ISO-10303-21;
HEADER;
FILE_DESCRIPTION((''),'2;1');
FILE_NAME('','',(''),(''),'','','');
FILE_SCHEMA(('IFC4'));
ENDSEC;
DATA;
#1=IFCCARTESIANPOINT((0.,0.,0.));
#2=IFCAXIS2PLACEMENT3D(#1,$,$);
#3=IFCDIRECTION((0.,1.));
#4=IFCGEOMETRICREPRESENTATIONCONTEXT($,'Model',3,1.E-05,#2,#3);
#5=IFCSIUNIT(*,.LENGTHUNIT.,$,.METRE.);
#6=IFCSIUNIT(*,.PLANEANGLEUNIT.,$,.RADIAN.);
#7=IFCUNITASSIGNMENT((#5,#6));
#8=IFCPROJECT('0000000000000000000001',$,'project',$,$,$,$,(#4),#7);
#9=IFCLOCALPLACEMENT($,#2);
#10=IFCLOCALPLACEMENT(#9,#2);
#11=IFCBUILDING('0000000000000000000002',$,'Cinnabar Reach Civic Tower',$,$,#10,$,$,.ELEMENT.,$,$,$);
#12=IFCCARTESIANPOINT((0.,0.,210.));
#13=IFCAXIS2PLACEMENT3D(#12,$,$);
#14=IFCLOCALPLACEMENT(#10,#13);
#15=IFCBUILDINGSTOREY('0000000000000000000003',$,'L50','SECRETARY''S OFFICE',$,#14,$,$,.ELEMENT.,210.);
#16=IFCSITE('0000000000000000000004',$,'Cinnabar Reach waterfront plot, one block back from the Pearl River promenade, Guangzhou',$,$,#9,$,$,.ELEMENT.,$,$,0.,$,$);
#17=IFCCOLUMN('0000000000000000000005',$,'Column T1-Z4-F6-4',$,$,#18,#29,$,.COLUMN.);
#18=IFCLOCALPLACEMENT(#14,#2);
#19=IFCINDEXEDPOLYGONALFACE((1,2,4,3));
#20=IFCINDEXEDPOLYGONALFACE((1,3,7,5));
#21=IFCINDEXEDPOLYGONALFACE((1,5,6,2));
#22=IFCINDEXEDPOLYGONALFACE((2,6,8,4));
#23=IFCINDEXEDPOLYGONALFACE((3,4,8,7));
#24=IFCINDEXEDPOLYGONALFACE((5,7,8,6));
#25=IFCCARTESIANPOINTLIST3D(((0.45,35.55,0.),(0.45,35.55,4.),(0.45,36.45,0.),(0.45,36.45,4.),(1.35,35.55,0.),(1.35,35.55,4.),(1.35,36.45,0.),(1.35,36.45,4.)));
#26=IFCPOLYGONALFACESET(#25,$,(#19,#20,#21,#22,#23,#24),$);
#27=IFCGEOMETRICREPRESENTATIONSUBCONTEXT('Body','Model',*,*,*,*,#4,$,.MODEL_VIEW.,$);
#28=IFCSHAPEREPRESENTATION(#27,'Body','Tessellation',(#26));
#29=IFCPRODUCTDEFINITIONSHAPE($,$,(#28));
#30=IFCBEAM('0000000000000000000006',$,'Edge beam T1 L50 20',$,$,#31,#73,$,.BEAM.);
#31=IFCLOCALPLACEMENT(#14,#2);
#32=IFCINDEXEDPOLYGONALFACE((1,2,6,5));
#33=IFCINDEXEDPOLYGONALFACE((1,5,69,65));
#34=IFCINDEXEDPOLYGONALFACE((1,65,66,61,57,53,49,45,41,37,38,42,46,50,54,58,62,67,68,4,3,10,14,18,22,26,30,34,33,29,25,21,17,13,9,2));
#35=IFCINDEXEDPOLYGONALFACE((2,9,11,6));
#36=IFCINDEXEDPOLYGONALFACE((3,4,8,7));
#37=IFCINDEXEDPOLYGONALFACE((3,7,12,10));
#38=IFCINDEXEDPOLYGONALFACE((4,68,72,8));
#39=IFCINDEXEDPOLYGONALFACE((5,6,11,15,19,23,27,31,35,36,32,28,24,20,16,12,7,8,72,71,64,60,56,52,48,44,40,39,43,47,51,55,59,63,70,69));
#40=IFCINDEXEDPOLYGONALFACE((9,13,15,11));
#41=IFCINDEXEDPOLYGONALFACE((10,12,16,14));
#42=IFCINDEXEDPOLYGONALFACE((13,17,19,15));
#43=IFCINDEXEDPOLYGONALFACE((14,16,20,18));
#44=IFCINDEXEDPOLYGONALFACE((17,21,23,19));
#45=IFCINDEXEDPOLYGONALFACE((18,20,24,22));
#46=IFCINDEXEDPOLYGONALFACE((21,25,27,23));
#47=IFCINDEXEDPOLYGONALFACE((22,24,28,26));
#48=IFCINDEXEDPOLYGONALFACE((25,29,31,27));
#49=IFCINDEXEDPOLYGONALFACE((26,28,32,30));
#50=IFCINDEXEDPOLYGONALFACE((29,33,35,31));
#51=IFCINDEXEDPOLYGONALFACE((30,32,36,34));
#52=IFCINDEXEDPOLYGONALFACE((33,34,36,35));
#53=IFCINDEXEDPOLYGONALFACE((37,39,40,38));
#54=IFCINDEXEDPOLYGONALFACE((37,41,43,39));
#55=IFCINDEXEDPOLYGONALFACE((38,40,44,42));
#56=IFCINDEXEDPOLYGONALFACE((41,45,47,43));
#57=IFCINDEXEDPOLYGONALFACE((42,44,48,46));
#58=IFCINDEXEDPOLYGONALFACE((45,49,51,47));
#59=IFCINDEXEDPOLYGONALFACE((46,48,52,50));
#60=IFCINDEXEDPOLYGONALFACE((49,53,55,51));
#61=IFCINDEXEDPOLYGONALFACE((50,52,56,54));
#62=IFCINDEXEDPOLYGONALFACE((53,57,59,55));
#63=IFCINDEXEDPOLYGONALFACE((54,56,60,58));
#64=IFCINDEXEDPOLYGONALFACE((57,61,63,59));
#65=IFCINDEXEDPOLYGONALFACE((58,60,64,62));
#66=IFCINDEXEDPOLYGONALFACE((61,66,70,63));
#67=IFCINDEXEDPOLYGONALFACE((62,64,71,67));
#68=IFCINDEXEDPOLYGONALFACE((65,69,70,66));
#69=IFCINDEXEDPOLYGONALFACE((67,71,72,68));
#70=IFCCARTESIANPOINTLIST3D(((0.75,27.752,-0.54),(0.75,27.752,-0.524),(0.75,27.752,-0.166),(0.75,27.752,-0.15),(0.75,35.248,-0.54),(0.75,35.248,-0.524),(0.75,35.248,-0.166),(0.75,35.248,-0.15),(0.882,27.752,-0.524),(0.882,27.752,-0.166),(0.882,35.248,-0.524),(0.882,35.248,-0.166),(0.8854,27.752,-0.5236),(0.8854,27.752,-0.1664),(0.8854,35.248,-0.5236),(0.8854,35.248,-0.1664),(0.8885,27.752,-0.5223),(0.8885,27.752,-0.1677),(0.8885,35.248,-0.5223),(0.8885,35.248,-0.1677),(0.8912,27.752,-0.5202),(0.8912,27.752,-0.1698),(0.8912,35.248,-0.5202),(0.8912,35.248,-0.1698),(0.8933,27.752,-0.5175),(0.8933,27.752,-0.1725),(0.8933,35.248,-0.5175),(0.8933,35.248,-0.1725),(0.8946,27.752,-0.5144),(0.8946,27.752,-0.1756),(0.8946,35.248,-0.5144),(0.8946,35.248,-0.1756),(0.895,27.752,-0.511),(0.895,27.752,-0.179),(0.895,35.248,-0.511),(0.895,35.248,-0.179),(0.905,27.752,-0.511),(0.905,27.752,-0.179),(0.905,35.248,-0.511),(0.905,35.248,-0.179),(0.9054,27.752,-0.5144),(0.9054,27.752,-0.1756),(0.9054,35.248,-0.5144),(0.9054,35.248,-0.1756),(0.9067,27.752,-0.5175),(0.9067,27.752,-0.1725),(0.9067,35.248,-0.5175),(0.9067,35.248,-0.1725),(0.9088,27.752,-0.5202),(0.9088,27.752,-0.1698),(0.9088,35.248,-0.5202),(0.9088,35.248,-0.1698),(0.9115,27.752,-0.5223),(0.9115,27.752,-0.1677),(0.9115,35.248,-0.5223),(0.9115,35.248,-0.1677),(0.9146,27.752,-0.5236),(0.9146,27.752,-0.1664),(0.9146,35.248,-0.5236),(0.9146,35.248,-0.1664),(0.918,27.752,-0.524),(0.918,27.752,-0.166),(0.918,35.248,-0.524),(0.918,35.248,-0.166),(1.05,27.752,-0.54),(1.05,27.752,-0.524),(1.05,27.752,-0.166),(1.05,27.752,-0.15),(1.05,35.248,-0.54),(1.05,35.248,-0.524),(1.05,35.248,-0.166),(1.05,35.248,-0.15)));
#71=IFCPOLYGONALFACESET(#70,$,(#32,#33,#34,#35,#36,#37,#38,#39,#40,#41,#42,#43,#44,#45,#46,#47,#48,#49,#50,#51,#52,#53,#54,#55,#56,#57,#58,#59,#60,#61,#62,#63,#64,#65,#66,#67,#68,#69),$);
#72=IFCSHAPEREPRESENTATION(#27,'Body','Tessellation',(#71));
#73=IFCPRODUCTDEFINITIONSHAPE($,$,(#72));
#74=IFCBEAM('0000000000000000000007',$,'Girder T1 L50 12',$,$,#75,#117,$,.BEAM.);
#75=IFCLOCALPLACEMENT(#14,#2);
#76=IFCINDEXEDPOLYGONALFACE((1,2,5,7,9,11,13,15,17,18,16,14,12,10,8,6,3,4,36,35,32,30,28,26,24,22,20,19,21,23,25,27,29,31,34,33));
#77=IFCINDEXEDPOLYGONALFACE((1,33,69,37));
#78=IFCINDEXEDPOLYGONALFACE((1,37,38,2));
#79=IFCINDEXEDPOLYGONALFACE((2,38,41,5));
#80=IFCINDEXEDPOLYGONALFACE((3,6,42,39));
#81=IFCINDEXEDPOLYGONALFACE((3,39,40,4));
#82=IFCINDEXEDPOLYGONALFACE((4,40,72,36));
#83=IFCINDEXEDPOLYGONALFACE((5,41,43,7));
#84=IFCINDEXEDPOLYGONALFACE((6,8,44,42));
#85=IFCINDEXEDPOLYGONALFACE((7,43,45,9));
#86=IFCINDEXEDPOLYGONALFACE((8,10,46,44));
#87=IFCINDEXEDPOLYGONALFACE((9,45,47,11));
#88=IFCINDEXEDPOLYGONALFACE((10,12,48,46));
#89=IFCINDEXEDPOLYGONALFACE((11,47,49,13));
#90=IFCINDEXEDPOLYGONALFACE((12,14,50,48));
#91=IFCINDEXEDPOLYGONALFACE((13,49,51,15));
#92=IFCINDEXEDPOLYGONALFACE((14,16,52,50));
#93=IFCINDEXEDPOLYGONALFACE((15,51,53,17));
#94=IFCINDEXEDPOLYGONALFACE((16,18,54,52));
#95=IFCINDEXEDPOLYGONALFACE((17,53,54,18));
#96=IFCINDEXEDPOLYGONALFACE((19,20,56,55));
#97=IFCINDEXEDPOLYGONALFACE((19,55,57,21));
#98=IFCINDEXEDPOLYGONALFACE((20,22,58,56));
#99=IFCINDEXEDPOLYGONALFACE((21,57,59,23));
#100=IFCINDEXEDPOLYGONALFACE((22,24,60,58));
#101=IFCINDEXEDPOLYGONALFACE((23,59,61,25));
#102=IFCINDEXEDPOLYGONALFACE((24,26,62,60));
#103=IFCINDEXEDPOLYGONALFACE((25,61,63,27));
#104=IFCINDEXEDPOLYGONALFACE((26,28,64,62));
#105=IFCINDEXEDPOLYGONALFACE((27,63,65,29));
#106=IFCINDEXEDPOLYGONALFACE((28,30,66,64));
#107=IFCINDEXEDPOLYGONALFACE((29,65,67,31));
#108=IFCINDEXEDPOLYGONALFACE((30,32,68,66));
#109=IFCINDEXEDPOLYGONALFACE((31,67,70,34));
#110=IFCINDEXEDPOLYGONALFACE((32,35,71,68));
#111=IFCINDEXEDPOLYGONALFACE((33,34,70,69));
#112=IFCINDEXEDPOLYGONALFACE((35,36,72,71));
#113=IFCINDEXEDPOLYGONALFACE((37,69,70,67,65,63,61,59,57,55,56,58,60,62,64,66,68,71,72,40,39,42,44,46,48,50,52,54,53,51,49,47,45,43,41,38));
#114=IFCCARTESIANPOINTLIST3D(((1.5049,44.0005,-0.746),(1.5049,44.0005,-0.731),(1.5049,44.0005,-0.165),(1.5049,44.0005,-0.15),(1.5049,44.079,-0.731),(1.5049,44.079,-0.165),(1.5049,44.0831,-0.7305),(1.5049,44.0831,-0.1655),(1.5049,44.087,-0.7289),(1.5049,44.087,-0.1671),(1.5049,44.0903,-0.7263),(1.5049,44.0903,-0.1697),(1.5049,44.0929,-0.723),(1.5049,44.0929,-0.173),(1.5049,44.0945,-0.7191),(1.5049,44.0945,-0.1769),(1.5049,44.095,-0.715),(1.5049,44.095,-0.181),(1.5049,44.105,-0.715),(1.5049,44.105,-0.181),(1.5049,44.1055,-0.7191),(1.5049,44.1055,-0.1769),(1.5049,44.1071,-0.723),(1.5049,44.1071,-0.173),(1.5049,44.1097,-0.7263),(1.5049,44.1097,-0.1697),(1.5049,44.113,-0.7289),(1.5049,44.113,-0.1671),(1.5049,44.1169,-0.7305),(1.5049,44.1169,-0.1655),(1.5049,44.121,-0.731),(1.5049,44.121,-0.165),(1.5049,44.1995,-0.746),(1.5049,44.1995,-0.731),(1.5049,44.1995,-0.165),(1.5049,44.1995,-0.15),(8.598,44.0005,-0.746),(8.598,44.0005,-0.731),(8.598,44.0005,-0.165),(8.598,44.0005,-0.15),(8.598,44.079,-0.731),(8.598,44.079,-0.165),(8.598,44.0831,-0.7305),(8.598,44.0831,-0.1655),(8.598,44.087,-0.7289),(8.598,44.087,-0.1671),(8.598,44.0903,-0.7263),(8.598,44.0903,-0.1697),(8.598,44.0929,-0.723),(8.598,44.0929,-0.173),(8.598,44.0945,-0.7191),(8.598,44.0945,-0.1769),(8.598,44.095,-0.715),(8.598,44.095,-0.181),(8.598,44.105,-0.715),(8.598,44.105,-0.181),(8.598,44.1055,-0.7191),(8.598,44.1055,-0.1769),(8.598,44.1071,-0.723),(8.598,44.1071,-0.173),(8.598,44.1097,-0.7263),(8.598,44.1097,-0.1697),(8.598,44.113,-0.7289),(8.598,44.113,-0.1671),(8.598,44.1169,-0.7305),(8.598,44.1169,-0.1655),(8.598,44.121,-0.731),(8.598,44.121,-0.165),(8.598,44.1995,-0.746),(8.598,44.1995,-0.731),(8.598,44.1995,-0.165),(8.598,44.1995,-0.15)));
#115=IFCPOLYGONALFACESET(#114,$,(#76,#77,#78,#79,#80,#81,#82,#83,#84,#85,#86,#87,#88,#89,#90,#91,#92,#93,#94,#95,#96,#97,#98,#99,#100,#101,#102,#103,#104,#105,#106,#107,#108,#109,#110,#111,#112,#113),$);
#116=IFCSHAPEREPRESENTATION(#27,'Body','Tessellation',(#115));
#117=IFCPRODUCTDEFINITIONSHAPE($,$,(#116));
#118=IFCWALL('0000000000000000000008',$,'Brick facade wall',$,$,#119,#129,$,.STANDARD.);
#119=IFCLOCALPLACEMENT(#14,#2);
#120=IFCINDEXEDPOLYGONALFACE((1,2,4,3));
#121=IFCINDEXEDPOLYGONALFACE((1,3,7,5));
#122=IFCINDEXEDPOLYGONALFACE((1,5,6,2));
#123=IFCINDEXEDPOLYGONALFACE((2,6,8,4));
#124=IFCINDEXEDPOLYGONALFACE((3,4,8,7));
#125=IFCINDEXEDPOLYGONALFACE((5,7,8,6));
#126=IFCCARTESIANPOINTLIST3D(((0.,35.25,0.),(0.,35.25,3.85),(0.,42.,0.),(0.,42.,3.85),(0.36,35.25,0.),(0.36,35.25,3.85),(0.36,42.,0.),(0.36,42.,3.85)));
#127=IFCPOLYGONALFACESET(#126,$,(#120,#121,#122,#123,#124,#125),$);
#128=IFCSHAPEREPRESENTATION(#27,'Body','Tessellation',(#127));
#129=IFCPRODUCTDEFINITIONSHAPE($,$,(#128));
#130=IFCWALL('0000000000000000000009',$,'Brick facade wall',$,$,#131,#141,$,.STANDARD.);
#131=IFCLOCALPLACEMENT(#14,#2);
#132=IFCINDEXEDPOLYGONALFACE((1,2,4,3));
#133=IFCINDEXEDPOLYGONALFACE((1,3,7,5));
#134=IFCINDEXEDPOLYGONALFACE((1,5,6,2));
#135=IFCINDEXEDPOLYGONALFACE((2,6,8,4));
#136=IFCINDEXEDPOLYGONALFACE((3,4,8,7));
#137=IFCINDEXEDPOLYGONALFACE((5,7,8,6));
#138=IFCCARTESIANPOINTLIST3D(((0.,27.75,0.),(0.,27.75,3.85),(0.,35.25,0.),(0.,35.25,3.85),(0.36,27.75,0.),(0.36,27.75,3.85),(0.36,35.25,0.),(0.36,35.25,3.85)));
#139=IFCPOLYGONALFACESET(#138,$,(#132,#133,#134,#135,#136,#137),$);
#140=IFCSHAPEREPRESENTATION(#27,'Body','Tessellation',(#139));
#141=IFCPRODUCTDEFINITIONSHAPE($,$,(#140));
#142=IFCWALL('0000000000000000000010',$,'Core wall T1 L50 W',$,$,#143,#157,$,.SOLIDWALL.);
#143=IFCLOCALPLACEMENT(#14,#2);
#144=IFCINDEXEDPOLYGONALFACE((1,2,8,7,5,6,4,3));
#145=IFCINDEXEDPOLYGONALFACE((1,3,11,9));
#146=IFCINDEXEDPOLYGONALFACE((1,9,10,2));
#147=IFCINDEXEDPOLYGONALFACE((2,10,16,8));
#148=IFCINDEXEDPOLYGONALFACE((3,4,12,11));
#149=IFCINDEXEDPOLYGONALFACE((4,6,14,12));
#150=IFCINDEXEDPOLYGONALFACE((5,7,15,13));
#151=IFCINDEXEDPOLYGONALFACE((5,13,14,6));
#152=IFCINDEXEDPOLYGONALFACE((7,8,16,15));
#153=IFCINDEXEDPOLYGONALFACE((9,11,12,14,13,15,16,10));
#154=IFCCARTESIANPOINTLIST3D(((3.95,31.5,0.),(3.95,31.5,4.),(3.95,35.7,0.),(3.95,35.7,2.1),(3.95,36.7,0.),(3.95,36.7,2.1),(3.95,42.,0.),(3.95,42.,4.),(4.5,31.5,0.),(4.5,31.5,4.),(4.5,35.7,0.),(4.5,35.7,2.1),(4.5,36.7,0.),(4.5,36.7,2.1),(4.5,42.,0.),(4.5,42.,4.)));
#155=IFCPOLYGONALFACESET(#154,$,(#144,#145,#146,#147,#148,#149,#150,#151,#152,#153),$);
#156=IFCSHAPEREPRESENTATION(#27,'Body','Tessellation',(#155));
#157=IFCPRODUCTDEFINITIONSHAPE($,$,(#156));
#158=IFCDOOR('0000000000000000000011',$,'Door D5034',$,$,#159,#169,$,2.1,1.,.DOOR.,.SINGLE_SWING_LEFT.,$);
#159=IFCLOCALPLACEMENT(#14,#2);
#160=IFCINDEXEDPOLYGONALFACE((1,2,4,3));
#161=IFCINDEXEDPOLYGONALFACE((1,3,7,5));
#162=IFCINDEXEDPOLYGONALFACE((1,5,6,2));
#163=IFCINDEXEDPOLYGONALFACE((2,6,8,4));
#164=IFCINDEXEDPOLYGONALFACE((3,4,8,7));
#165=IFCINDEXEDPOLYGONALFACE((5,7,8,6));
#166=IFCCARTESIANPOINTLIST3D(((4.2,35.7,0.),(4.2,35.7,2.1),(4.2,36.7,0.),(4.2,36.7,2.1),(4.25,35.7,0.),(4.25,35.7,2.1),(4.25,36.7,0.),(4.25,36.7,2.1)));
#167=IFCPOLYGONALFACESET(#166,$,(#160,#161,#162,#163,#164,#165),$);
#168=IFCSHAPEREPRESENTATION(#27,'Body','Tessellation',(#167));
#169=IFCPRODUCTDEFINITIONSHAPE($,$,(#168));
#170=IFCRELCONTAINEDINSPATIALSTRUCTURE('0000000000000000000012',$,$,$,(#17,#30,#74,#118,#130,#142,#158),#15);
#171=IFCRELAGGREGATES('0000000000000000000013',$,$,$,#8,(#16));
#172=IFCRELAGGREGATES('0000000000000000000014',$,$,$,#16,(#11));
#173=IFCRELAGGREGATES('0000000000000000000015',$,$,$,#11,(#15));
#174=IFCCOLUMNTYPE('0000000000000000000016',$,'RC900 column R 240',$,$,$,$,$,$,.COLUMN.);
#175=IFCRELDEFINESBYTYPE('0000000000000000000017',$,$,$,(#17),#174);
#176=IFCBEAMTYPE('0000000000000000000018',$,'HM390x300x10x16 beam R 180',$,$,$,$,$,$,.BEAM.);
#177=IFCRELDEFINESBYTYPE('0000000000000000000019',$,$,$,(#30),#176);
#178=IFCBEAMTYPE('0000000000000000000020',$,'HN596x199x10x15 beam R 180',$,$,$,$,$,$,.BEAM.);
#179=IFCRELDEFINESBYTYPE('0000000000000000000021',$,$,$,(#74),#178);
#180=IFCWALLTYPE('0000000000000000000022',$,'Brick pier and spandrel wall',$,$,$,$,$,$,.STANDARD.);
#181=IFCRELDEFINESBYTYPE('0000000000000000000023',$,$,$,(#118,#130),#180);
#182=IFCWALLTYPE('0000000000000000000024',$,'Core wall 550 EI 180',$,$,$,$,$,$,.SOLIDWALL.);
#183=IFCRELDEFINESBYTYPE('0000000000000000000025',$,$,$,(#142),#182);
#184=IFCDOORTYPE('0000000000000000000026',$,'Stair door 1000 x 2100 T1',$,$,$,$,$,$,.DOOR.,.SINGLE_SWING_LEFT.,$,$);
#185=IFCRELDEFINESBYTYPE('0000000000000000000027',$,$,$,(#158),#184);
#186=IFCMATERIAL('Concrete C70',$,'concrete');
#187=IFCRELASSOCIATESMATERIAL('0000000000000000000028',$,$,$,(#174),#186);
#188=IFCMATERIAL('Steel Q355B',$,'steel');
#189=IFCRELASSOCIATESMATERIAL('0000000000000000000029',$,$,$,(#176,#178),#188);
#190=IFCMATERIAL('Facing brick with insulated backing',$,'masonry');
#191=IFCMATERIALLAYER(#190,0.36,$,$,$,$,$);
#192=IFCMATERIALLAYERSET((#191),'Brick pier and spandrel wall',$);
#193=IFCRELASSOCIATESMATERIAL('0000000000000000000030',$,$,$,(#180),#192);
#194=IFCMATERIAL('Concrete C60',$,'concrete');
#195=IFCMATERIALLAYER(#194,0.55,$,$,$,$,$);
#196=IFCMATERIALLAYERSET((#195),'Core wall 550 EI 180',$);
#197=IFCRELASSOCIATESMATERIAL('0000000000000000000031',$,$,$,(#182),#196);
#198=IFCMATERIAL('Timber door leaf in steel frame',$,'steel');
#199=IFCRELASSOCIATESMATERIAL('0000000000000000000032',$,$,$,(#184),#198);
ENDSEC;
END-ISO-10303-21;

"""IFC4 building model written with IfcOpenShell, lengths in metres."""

from ifc_helpers import new_model, si_unit, direction, frame, frame_2d, origin, origin_2d, place, context, subcontext, project, spatial, rectangle, i_section, extrude, material, layer, layer_set, material_profile, profile_set, type_object, element, fill, save


model = new_model("IFC4")

# Units and contexts
model_context = context("Model", 3, precision=1e-05, world=origin(), true_north=direction((0.0, 1.0)))
body_context = subcontext(model_context, "Body", "Model", "MODEL_VIEW")
ifc_project = project(units=[si_unit("LENGTHUNIT", "METRE"), si_unit("PLANEANGLEUNIT", "RADIAN")], contexts=[model_context])

# Site, building, storey
site_placement = place(None, origin())
site = spatial("IfcSite", under=ifc_project, at=site_placement, Name="Cinnabar Reach waterfront plot, one block back from the Pearl River promenade, Guangzhou", CompositionType="ELEMENT", RefElevation=0.0)
building_placement = place(site_placement, origin())
building = spatial("IfcBuilding", under=site, at=building_placement, Name="Cinnabar Reach Civic Tower", CompositionType="ELEMENT")
storey_placement = place(building_placement, frame((0.0, 0.0, 210.0)))
storey = spatial("IfcBuildingStorey", under=building, at=storey_placement, Name="L50", Description="SECRETARY'S OFFICE", CompositionType="ELEMENT", Elevation=210.0)

# Column
ifc_material_1 = material(Name="Concrete C70", Category="concrete")
ifc_material_profile_1 = material_profile(ifc_material_1, rectangle(XDim=0.9, YDim=0.9, at=origin_2d()), Name="RC900")
ifc_profile_set_1 = profile_set([ifc_material_profile_1], Name="Concrete C70")
column_type = type_object("IfcColumnType", Name="RC900 column R 240", PredefinedType="COLUMN", material=ifc_profile_set_1)
column_placement = place(storey_placement, frame((0.9, 36.0, 0.0), z_axis=(0.0, 0.0, 1.0), x_axis=(1.0, 0.0, 0.0)))
element("IfcColumn", 1, at=column_placement, inside=storey, type_object=column_type, Name="Column T1-Z4-F6-4", PredefinedType="COLUMN", context=body_context, shape_type="SweptSolid", body=[
    extrude(rectangle(XDim=0.9, YDim=0.9, at=origin_2d()), origin(), (0.0, 0.0, 1.0), 4.0),
])

# Beams
ifc_material_2 = material(Name="Steel Q355B", Category="steel")
ifc_material_profile_2 = material_profile(ifc_material_2, i_section(OverallWidth=0.3, OverallDepth=0.39, WebThickness=0.01, FlangeThickness=0.016, FilletRadius=0.013, at=origin_2d()), Name="HM390x300x10x16")
ifc_profile_set_2 = profile_set([ifc_material_profile_2], Name="Steel Q355B")
beam_type_1 = type_object("IfcBeamType", Name="HM390x300x10x16 beam R 180", PredefinedType="BEAM", material=ifc_profile_set_2)
beam_1_placement = place(storey_placement, frame((0.9, 35.248, -0.345), z_axis=(0.0, -1.0, 0.0), x_axis=(1.0, 0.0, 0.0)))
element("IfcBeam", 2, at=beam_1_placement, inside=storey, type_object=beam_type_1, Name="Edge beam T1 L50 20", PredefinedType="BEAM", context=body_context, shape_type="SweptSolid", body=[
    extrude(i_section(OverallWidth=0.3, OverallDepth=0.39, WebThickness=0.01, FlangeThickness=0.016, FilletRadius=0.013, at=origin_2d()), origin(), (0.0, 0.0, 1.0), 7.496),
])
ifc_material_profile_3 = material_profile(ifc_material_2, i_section(OverallWidth=0.199, OverallDepth=0.596, WebThickness=0.01, FlangeThickness=0.015, FilletRadius=0.016, at=origin_2d()), Name="HN596x199x10x15")
ifc_profile_set_3 = profile_set([ifc_material_profile_3], Name="Steel Q355B")
beam_type_2 = type_object("IfcBeamType", Name="HN596x199x10x15 beam R 180", PredefinedType="BEAM", material=ifc_profile_set_3)
beam_2_placement = place(storey_placement, frame((1.5049, 44.1, -0.448), z_axis=(1.0, 0.0, 0.0), x_axis=(0.0, 1.0, 0.0)))
element("IfcBeam", 3, at=beam_2_placement, inside=storey, type_object=beam_type_2, Name="Girder T1 L50 12", PredefinedType="BEAM", context=body_context, shape_type="SweptSolid", body=[
    extrude(i_section(OverallWidth=0.199, OverallDepth=0.596, WebThickness=0.01, FlangeThickness=0.015, FilletRadius=0.016, at=origin_2d()), origin(), (0.0, 0.0, 1.0), 7.0931),
])

# Walls
ifc_material_3 = material(Name="Facing brick with insulated backing", Category="masonry")
ifc_layer_1 = layer(ifc_material_3, 0.36)
ifc_layer_set_1 = layer_set([ifc_layer_1], Name="Brick pier and spandrel wall")
wall_type_1 = type_object("IfcWallType", Name="Brick pier and spandrel wall", PredefinedType="STANDARD", material=ifc_layer_set_1)
wall_1_placement = place(storey_placement, frame((0.18, 42.0, 0.0), z_axis=(0.0, 0.0, 1.0), x_axis=(0.0, -1.0, 0.0)))
element("IfcWall", 4, at=wall_1_placement, inside=storey, type_object=wall_type_1, Name="Brick facade wall", PredefinedType="STANDARD", context=body_context, shape_type="SweptSolid", body=[
    extrude(rectangle(XDim=6.75, YDim=0.36, at=frame_2d((3.375, 0.0))), origin(), (0.0, 0.0, 1.0), 3.85),
])
wall_2_placement = place(storey_placement, frame((0.18, 35.25, 0.0), z_axis=(0.0, 0.0, 1.0), x_axis=(0.0, -1.0, 0.0)))
element("IfcWall", 5, at=wall_2_placement, inside=storey, type_object=wall_type_1, Name="Brick facade wall", PredefinedType="STANDARD", context=body_context, shape_type="SweptSolid", body=[
    extrude(rectangle(XDim=7.5, YDim=0.36, at=frame_2d((3.75, 0.0))), origin(), (0.0, 0.0, 1.0), 3.85),
])

# Wall, opening, door
ifc_material_4 = material(Name="Concrete C60", Category="concrete")
ifc_layer_2 = layer(ifc_material_4, 0.55)
ifc_layer_set_2 = layer_set([ifc_layer_2], Name="Core wall 550 EI 180")
wall_type_2 = type_object("IfcWallType", Name="Core wall 550 EI 180", PredefinedType="SOLIDWALL", material=ifc_layer_set_2)
wall_3_placement = place(storey_placement, frame((4.225, 42.0, 0.0), z_axis=(0.0, 0.0, 1.0), x_axis=(0.0, -1.0, 0.0)))
wall_3 = element("IfcWall", 6, at=wall_3_placement, inside=storey, type_object=wall_type_2, Name="Core wall T1 L50 W", PredefinedType="SOLIDWALL", context=body_context, shape_type="SweptSolid", body=[
    extrude(rectangle(XDim=10.5, YDim=0.55, at=frame_2d((5.25, 0.0))), origin(), (0.0, 0.0, 1.0), 4.0),
])
opening_1_placement = place(wall_3_placement, frame((5.3, 0.0, 0.0)))
opening_1 = element("IfcOpeningElement", 7, at=opening_1_placement, cuts=wall_3, PredefinedType="OPENING", context=body_context, shape_type="SweptSolid", body=[
    extrude(rectangle(XDim=1.0, YDim=2.1, at=frame_2d((0.5, 1.05))), frame((0.0, 0.285, 0.0), z_axis=(0.0, -1.0, 0.0), x_axis=(1.0, 0.0, 0.0)), (0.0, 0.0, 1.0), 0.57),
])
ifc_material_5 = material(Name="Timber door leaf in steel frame", Category="steel")
door_type_1 = type_object("IfcDoorType", Name="Stair door 1000 x 2100 T1", OperationType="SINGLE_SWING_LEFT", PredefinedType="DOOR", material=ifc_material_5)
door_1_placement = place(opening_1_placement, frame((1.0, 0.0, 0.0), z_axis=(0.0, 0.0, 1.0), x_axis=(-1.0, 0.0, 0.0)))
door_1 = element("IfcDoor", 8, at=door_1_placement, inside=storey, type_object=door_type_1, Name="Door D5034", OperationType="SINGLE_SWING_LEFT", OverallHeight=2.1, OverallWidth=1.0, PredefinedType="DOOR", context=body_context, shape_type="SweptSolid", body=[
    extrude(rectangle(XDim=1.0, YDim=2.1, at=frame_2d((0.5, 1.05))), frame((0.0, 0.025, 0.0), z_axis=(0.0, -1.0, 0.0), x_axis=(1.0, 0.0, 0.0)), (0.0, 0.0, 1.0), 0.05),
])
fill(opening_1, door_1)

save(model, "model.ifc")
